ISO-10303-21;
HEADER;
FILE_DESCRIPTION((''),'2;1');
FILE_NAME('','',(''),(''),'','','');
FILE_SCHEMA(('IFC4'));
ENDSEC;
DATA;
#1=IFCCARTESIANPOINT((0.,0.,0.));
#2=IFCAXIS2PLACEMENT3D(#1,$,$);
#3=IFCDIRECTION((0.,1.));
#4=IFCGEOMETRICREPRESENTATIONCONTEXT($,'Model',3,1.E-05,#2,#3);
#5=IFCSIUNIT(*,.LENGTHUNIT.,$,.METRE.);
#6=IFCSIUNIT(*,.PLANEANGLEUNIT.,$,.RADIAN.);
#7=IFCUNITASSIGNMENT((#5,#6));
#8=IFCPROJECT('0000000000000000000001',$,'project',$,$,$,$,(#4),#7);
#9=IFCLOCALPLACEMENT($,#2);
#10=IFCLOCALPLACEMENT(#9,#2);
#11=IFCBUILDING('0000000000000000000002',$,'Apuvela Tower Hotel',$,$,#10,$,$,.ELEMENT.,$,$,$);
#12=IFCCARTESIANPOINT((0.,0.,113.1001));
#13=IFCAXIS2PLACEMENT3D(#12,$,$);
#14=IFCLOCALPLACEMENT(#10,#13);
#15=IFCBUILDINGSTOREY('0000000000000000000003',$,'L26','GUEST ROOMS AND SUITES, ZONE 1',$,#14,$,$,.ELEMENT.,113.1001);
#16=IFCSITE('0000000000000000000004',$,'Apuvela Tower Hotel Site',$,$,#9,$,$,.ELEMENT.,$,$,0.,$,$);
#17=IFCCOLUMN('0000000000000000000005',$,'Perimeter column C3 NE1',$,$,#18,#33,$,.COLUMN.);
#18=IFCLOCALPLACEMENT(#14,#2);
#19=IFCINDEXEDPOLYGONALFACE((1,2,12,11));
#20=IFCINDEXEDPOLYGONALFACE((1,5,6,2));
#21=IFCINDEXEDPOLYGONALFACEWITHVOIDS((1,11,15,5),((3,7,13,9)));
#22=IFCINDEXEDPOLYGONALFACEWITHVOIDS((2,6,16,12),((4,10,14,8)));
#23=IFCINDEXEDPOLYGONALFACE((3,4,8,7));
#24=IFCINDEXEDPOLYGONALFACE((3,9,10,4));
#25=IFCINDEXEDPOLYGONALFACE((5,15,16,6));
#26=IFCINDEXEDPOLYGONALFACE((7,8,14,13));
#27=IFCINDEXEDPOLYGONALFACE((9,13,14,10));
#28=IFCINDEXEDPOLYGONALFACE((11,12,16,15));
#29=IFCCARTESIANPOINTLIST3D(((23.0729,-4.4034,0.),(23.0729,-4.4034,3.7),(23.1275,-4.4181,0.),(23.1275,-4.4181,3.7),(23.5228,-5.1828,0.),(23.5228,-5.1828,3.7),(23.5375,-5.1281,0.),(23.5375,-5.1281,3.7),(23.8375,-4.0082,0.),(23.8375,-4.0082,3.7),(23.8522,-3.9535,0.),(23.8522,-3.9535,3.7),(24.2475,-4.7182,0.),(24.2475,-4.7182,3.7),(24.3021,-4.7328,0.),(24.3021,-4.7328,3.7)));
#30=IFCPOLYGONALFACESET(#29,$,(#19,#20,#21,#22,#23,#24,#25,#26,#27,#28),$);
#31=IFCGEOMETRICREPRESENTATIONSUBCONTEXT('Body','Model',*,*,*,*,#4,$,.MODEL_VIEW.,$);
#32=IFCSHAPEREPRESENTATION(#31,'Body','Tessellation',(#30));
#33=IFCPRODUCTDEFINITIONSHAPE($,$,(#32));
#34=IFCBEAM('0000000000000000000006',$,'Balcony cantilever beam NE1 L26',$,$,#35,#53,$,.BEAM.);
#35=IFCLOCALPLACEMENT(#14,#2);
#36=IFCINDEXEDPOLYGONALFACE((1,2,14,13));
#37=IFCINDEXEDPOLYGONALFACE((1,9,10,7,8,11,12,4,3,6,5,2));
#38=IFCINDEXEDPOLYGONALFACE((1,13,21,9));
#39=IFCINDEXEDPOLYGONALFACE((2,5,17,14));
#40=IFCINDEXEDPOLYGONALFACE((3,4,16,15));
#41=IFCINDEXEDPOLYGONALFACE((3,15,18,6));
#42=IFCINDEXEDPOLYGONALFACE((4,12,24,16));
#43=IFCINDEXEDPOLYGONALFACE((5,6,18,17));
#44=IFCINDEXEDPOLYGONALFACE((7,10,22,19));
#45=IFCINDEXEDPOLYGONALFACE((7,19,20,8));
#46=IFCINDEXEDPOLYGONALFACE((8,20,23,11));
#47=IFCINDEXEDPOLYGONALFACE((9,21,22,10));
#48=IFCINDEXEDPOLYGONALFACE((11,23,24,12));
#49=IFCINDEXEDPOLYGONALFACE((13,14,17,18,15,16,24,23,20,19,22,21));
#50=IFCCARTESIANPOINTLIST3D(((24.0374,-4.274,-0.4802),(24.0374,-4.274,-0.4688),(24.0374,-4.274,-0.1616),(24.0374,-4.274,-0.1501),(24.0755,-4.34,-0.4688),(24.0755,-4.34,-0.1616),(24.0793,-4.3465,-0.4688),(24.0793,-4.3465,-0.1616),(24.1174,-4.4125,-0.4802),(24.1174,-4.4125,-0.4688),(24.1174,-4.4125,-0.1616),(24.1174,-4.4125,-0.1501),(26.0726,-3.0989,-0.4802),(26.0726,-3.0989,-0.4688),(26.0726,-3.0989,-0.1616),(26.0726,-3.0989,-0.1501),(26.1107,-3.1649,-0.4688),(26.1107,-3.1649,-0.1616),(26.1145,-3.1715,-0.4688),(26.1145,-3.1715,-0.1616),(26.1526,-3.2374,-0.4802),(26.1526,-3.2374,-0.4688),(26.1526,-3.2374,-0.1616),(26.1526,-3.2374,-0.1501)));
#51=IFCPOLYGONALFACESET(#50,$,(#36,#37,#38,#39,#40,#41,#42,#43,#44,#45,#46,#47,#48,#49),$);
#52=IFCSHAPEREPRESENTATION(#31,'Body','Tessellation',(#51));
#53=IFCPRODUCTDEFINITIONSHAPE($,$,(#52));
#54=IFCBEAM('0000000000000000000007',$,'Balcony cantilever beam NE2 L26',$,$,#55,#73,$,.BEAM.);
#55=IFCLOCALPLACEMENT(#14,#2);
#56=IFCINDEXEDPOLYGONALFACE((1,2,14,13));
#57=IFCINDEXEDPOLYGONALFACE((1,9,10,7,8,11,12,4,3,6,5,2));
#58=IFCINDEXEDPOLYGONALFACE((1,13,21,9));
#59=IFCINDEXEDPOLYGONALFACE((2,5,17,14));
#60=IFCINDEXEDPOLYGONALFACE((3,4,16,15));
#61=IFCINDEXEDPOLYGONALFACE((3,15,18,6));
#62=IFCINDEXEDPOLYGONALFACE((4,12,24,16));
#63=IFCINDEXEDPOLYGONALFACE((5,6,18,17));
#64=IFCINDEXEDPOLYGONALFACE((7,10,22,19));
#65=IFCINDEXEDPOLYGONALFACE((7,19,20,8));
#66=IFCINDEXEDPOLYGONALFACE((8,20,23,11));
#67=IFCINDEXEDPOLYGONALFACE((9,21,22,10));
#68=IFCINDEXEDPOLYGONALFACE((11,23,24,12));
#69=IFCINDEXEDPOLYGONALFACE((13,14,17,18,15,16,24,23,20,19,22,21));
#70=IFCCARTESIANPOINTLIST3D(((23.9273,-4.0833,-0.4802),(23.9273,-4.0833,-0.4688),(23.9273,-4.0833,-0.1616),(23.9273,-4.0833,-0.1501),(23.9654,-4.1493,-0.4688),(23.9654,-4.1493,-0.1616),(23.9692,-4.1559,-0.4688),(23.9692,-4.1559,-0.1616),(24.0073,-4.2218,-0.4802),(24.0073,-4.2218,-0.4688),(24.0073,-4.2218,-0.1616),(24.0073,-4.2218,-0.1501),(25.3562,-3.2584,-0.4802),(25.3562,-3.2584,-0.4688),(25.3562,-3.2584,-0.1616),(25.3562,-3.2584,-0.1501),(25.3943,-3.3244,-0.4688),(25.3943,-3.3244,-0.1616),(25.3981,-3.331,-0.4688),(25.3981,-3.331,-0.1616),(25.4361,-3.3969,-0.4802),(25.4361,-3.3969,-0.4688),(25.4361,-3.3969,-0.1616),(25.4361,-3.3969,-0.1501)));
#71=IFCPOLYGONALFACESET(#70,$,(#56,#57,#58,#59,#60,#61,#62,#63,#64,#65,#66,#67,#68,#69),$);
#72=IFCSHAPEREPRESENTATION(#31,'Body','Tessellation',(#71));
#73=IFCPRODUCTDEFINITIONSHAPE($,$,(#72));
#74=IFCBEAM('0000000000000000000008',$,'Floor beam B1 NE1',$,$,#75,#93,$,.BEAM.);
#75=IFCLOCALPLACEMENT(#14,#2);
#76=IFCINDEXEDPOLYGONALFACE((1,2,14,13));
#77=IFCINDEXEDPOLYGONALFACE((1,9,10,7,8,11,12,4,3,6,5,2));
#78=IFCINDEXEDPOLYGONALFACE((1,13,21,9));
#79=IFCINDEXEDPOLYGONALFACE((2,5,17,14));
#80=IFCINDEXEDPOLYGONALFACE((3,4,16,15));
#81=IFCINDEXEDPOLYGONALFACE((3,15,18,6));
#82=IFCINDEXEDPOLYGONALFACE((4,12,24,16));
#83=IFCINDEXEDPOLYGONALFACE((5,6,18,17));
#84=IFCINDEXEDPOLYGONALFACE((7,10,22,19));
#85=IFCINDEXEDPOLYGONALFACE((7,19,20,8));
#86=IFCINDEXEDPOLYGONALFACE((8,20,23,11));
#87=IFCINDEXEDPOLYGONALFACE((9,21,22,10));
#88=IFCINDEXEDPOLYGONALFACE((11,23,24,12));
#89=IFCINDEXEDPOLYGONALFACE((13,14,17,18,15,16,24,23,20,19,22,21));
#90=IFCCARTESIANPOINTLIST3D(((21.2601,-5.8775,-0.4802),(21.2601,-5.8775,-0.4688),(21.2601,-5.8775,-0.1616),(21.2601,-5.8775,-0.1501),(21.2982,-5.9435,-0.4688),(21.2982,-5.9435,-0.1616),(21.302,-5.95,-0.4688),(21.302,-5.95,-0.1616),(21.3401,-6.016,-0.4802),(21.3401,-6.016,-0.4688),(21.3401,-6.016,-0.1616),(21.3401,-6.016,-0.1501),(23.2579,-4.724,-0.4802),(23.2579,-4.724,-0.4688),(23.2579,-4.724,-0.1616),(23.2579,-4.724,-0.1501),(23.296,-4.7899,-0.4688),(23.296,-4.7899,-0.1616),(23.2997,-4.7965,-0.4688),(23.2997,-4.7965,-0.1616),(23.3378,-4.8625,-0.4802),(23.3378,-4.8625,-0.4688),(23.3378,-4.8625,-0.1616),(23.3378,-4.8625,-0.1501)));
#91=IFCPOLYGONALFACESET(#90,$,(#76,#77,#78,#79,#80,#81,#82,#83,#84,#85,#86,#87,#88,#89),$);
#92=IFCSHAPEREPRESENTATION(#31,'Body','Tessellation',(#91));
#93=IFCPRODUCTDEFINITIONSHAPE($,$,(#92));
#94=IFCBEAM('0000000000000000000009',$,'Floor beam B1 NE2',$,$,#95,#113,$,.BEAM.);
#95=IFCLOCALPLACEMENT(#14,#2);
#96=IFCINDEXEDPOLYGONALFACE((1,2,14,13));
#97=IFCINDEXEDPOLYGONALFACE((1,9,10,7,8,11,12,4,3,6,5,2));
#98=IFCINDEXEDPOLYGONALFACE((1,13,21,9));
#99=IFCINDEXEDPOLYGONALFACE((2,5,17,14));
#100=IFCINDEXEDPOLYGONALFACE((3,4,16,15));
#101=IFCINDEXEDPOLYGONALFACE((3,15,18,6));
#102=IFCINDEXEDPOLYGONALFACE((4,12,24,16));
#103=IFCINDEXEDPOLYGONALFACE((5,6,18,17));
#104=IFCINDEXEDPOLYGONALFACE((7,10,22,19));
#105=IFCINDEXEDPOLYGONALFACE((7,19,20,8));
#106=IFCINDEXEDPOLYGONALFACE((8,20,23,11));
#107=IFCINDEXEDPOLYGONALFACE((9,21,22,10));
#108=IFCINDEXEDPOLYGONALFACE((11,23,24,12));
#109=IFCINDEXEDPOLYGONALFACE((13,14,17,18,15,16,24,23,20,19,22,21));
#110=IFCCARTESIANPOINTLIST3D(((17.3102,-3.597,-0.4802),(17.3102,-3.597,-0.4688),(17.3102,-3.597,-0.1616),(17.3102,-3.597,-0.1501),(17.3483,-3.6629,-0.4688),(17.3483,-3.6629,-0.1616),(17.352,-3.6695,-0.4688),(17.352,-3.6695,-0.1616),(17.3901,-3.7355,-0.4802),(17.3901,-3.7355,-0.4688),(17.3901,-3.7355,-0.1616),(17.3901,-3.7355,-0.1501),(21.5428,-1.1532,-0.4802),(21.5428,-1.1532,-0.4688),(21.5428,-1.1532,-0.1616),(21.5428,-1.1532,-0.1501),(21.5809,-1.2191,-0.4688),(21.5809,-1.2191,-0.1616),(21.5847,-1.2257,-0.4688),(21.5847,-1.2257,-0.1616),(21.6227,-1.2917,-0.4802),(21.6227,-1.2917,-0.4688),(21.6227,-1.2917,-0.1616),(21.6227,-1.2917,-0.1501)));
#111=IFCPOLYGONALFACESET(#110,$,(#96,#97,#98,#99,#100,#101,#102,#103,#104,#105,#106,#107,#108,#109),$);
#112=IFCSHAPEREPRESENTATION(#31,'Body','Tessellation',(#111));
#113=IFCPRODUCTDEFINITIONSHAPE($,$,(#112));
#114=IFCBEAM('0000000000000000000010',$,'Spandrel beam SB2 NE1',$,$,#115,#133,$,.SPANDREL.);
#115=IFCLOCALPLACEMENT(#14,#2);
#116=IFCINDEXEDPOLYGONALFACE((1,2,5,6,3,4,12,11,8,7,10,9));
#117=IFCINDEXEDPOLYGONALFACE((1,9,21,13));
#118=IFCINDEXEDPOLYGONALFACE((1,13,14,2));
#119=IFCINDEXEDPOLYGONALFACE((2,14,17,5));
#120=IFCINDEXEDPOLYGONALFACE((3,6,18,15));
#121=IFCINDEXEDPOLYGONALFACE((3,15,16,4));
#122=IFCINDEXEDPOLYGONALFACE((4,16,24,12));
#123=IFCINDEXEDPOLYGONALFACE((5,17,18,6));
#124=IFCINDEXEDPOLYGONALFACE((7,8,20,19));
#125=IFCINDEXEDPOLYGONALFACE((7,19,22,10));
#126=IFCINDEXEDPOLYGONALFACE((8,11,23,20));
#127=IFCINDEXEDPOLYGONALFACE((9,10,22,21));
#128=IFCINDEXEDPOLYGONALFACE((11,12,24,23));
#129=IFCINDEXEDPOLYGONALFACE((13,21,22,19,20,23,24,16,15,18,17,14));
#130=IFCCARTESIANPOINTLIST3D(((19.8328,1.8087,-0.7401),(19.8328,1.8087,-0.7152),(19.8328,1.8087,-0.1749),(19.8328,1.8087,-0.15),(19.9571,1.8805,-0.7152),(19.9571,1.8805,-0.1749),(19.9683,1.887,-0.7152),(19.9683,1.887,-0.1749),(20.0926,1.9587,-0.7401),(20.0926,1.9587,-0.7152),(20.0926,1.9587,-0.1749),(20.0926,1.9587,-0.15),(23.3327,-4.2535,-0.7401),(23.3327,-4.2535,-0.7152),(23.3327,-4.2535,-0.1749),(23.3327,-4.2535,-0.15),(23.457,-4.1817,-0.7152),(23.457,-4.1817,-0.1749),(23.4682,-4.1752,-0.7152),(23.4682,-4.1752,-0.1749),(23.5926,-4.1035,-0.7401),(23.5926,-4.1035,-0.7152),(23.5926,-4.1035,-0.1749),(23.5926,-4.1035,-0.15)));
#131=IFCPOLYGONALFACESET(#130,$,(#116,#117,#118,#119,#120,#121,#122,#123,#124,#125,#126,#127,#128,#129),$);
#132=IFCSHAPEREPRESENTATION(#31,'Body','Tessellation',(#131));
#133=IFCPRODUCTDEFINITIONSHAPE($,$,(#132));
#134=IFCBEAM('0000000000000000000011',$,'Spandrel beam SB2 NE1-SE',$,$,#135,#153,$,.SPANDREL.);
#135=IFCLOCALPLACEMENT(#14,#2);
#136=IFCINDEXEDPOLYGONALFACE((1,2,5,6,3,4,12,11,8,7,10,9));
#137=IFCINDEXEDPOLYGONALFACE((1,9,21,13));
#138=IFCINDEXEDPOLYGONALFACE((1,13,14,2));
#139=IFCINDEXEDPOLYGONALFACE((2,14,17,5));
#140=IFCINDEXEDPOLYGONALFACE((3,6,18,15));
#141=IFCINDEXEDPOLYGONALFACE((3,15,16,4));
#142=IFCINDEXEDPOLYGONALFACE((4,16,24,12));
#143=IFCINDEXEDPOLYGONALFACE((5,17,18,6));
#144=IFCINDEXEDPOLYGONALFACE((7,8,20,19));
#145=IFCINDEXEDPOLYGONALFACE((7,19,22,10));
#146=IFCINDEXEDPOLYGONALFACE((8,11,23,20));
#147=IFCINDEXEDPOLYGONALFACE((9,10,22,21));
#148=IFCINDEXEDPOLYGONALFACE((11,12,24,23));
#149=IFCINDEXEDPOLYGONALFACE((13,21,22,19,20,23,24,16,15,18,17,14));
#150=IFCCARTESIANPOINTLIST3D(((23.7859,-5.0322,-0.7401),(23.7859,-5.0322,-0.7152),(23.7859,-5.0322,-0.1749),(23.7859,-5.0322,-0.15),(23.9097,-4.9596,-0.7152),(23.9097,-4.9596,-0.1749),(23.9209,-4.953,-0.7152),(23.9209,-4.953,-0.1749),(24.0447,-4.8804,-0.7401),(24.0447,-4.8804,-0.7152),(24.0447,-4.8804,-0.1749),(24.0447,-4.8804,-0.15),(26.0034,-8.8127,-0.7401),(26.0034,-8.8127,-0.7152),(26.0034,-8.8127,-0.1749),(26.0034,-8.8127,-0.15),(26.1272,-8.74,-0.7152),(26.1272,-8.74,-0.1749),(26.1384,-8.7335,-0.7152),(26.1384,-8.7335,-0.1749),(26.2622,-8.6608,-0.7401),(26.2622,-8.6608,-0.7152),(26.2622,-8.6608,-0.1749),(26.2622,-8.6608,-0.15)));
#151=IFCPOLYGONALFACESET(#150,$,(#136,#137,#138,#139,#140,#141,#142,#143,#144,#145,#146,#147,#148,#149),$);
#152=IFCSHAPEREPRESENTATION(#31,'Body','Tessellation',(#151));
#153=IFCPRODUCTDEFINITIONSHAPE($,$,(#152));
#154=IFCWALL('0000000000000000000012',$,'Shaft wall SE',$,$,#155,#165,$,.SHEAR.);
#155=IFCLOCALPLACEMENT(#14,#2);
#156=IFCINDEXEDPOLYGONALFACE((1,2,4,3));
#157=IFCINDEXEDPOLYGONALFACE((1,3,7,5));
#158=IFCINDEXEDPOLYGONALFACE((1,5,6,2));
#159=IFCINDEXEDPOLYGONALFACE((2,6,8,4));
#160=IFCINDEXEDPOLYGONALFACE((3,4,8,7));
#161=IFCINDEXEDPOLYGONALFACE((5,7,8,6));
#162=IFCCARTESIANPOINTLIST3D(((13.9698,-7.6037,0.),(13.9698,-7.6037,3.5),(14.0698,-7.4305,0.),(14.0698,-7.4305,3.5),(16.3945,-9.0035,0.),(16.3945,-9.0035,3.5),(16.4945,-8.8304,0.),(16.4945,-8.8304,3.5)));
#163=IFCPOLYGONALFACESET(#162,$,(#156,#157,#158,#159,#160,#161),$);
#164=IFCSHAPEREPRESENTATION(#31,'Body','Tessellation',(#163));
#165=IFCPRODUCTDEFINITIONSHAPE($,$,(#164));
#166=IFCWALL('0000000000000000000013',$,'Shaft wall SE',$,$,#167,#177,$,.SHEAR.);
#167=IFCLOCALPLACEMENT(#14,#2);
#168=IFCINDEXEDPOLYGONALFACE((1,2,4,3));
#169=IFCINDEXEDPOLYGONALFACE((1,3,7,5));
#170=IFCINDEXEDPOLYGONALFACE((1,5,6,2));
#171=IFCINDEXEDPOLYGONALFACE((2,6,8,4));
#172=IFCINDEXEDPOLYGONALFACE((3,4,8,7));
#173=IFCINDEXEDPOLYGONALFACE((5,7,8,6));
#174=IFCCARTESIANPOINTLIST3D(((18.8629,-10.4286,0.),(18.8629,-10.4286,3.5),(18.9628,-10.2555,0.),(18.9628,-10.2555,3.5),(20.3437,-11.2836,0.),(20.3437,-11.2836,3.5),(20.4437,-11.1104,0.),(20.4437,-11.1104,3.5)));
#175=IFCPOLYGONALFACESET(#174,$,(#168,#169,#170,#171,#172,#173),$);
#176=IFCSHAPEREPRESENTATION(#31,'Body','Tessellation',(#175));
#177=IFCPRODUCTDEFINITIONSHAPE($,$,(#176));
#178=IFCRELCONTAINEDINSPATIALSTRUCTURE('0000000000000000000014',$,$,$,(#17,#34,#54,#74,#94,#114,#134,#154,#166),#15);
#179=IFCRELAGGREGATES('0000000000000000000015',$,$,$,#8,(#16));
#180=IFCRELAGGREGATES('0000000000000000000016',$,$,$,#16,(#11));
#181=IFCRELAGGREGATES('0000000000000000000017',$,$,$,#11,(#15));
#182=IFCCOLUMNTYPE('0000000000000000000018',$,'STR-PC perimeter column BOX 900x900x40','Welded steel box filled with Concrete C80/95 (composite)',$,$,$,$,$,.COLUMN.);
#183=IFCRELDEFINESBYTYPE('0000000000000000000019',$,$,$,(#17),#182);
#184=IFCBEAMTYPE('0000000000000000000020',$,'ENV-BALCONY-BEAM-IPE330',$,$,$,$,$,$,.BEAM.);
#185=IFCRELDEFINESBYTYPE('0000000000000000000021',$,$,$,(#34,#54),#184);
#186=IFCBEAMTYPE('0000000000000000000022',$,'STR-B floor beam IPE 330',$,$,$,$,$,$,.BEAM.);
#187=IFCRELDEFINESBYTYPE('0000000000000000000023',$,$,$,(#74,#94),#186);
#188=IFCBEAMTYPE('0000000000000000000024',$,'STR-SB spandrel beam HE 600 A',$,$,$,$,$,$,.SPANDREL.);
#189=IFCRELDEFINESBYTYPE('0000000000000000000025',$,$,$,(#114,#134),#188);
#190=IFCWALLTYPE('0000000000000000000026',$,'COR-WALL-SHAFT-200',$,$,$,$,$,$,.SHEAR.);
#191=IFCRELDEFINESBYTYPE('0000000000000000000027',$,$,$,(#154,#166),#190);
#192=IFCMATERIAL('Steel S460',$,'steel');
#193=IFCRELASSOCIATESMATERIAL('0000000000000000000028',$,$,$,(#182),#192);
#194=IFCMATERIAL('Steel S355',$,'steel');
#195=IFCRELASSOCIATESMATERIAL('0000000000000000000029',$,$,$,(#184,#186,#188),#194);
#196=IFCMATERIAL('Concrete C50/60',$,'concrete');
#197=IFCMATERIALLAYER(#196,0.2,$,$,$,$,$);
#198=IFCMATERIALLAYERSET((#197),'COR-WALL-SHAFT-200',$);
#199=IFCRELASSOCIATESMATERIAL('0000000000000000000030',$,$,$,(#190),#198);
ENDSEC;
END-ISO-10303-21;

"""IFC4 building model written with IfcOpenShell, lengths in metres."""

from ifc_helpers import new_model, si_unit, direction, frame, frame_2d, origin, origin_2d, place, context, subcontext, project, spatial, rectangle, hollow_rectangle, i_section, extrude, material, layer, layer_set, material_profile, profile_set, type_object, element, save


model = new_model("IFC4")

# Units and contexts
model_context = context("Model", 3, precision=1e-05, world=origin(), true_north=direction((0.0, 1.0)))
body_context = subcontext(model_context, "Body", "Model", "MODEL_VIEW")
ifc_project = project(units=[si_unit("LENGTHUNIT", "METRE"), si_unit("PLANEANGLEUNIT", "RADIAN")], contexts=[model_context])

# Site, building, storey
site_placement = place(None, origin())
site = spatial("IfcSite", under=ifc_project, at=site_placement, Name="Apuvela Tower Hotel Site", CompositionType="ELEMENT", RefElevation=0.0)
building_placement = place(site_placement, origin())
building = spatial("IfcBuilding", under=site, at=building_placement, Name="Apuvela Tower Hotel", CompositionType="ELEMENT")
storey_placement = place(building_placement, frame((0.0, 0.0, 113.1001)))
storey = spatial("IfcBuildingStorey", under=building, at=storey_placement, Name="L26", Description="GUEST ROOMS AND SUITES, ZONE 1", CompositionType="ELEMENT", Elevation=113.1001)

# Column
ifc_material_1 = material(Name="Steel S460", Category="steel")
ifc_material_profile_1 = material_profile(ifc_material_1, hollow_rectangle(XDim=0.8999, YDim=0.8999, WallThickness=0.04, at=origin_2d()), Name="BOX 900x900x40")
ifc_material_2 = material(Name="Concrete C80/95", Category="concrete")
ifc_material_profile_2 = material_profile(ifc_material_2, rectangle(XDim=0.8201, YDim=0.8201, at=origin_2d()), Name="Concrete C80/95 infill")
ifc_profile_set_1 = profile_set([ifc_material_profile_1, ifc_material_profile_2], Name="Steel S460")
column_type = type_object("IfcColumnType", Name="STR-PC perimeter column BOX 900x900x40", Description="Welded steel box filled with Concrete C80/95 (composite)", PredefinedType="COLUMN", material=ifc_profile_set_1)
column_placement = place(storey_placement, frame((23.6875, -4.5681, 0.0), z_axis=(0.0, 0.0, 1.0), x_axis=(-0.5, 0.866025, 0.0)))
element("IfcColumn", 1, at=column_placement, inside=storey, type_object=column_type, Name="Perimeter column C3 NE1", PredefinedType="COLUMN", context=body_context, shape_type="SweptSolid", body=[
    extrude(hollow_rectangle(XDim=0.8999, YDim=0.8999, WallThickness=0.04, at=origin_2d()), origin(), (0.0, 0.0, 1.0), 3.7),
])

# Beams
ifc_material_3 = material(Name="Steel S355", Category="steel")
ifc_material_profile_3 = material_profile(ifc_material_3, i_section(OverallWidth=0.1599, OverallDepth=0.3301, WebThickness=0.0076, FlangeThickness=0.0115, at=origin_2d()), Name="IPE 330")
ifc_profile_set_2 = profile_set([ifc_material_profile_3], Name="Steel S355")
beam_type_1 = type_object("IfcBeamType", Name="ENV-BALCONY-BEAM-IPE330", PredefinedType="BEAM", material=ifc_profile_set_2)
beam_1_placement = place(storey_placement, frame((24.0774, -4.3433, -0.3152), z_axis=(0.866016, 0.500016, 0.0), x_axis=(-0.500016, 0.866016, 0.0)))
element("IfcBeam", 2, at=beam_1_placement, inside=storey, type_object=beam_type_1, Name="Balcony cantilever beam NE1 L26", PredefinedType="BEAM", context=body_context, shape_type="SweptSolid", body=[
    extrude(i_section(OverallWidth=0.1599, OverallDepth=0.3301, WebThickness=0.0076, FlangeThickness=0.0115, at=origin_2d()), origin(), (0.0, 0.0, 1.0), 2.3501),
])
beam_2_placement = place(storey_placement, frame((23.9673, -4.1526, -0.3152), z_axis=(0.86604, 0.499974, 0.0), x_axis=(-0.499974, 0.86604, 0.0)))
element("IfcBeam", 3, at=beam_2_placement, inside=storey, type_object=beam_type_1, Name="Balcony cantilever beam NE2 L26", PredefinedType="BEAM", context=body_context, shape_type="SweptSolid", body=[
    extrude(i_section(OverallWidth=0.1599, OverallDepth=0.3301, WebThickness=0.0076, FlangeThickness=0.0115, at=origin_2d()), origin(), (0.0, 0.0, 1.0), 1.6499),
])
ifc_material_profile_4 = material_profile(ifc_material_3, i_section(OverallWidth=0.1599, OverallDepth=0.3301, WebThickness=0.0076, FlangeThickness=0.0115, at=origin_2d()), Name="IPE 330")
ifc_profile_set_3 = profile_set([ifc_material_profile_4], Name="Steel S355")
beam_type_2 = type_object("IfcBeamType", Name="STR-B floor beam IPE 330", PredefinedType="BEAM", material=ifc_profile_set_3)
beam_3_placement = place(storey_placement, frame((23.2979, -4.7932, -0.3152), z_axis=(-0.866001, -0.500043, 0.0), x_axis=(0.500043, -0.866001, 0.0)))
element("IfcBeam", 4, at=beam_3_placement, inside=storey, type_object=beam_type_2, Name="Floor beam B1 NE1", PredefinedType="BEAM", context=body_context, shape_type="SweptSolid", body=[
    extrude(i_section(OverallWidth=0.1599, OverallDepth=0.3301, WebThickness=0.0076, FlangeThickness=0.0115, at=origin_2d()), origin(), (0.0, 0.0, 1.0), 2.3069),
])
beam_4_placement = place(storey_placement, frame((21.5828, -1.2224, -0.3152), z_axis=(-0.866015, -0.500018, 0.0), x_axis=(0.500018, -0.866015, 0.0)))
element("IfcBeam", 5, at=beam_4_placement, inside=storey, type_object=beam_type_2, Name="Floor beam B1 NE2", PredefinedType="BEAM", context=body_context, shape_type="SweptSolid", body=[
    extrude(i_section(OverallWidth=0.1599, OverallDepth=0.3301, WebThickness=0.0076, FlangeThickness=0.0115, at=origin_2d()), origin(), (0.0, 0.0, 1.0), 4.8875),
])
ifc_material_profile_5 = material_profile(ifc_material_3, i_section(OverallWidth=0.3, OverallDepth=0.5901, WebThickness=0.0129, FlangeThickness=0.0249, at=origin_2d()), Name="HE 600 A")
ifc_profile_set_4 = profile_set([ifc_material_profile_5], Name="Steel S355")
beam_type_3 = type_object("IfcBeamType", Name="STR-SB spandrel beam HE 600 A", PredefinedType="SPANDREL", material=ifc_profile_set_4)
beam_5_placement = place(storey_placement, frame((23.4626, -4.1785, -0.4451), z_axis=(-0.499995, 0.866028, 0.0), x_axis=(-0.866028, -0.499995, 0.0)))
element("IfcBeam", 6, at=beam_5_placement, inside=storey, type_object=beam_type_3, Name="Spandrel beam SB2 NE1", PredefinedType="SPANDREL", context=body_context, shape_type="SweptSolid", body=[
    extrude(i_section(OverallWidth=0.3, OverallDepth=0.5901, WebThickness=0.0129, FlangeThickness=0.0249, at=origin_2d()), origin(), (0.0, 0.0, 1.0), 7.0),
])
beam_6_placement = place(storey_placement, frame((23.9153, -4.9563, -0.4451), z_axis=(0.505951, -0.862562, 0.0), x_axis=(0.862562, 0.505951, 0.0)))
element("IfcBeam", 7, at=beam_6_placement, inside=storey, type_object=beam_type_3, Name="Spandrel beam SB2 NE1-SE", PredefinedType="SPANDREL", context=body_context, shape_type="SweptSolid", body=[
    extrude(i_section(OverallWidth=0.3, OverallDepth=0.5901, WebThickness=0.0129, FlangeThickness=0.0249, at=origin_2d()), origin(), (0.0, 0.0, 1.0), 4.3828),
])

# Walls
ifc_material_4 = material(Name="Concrete C50/60", Category="concrete")
ifc_layer_1 = layer(ifc_material_4, 0.2)
ifc_layer_set_1 = layer_set([ifc_layer_1], Name="COR-WALL-SHAFT-200")
wall_type_1 = type_object("IfcWallType", Name="COR-WALL-SHAFT-200", PredefinedType="SHEAR", material=ifc_layer_set_1)
wall_1_placement = place(storey_placement, frame((14.0198, -7.5171, 0.0), z_axis=(0.0, 0.0, 1.0), x_axis=(0.866035, -0.499984, 0.0)))
element("IfcWall", 8, at=wall_1_placement, inside=storey, type_object=wall_type_1, Name="Shaft wall SE", PredefinedType="SHEAR", context=body_context, shape_type="SweptSolid", body=[
    extrude(rectangle(XDim=2.7998, YDim=0.2, at=frame_2d((1.3999, 0.0))), origin(), (0.0, 0.0, 1.0), 3.5),
])
wall_2_placement = place(storey_placement, frame((18.9128, -10.342, 0.0), z_axis=(0.0, 0.0, 1.0), x_axis=(0.866038, -0.499978, 0.0)))
element("IfcWall", 9, at=wall_2_placement, inside=storey, type_object=wall_type_1, Name="Shaft wall SE", PredefinedType="SHEAR", context=body_context, shape_type="SweptSolid", body=[
    extrude(rectangle(XDim=1.71, YDim=0.2, at=frame_2d((0.855, 0.0))), origin(), (0.0, 0.0, 1.0), 3.5),
])

save(model, "model.ifc")
